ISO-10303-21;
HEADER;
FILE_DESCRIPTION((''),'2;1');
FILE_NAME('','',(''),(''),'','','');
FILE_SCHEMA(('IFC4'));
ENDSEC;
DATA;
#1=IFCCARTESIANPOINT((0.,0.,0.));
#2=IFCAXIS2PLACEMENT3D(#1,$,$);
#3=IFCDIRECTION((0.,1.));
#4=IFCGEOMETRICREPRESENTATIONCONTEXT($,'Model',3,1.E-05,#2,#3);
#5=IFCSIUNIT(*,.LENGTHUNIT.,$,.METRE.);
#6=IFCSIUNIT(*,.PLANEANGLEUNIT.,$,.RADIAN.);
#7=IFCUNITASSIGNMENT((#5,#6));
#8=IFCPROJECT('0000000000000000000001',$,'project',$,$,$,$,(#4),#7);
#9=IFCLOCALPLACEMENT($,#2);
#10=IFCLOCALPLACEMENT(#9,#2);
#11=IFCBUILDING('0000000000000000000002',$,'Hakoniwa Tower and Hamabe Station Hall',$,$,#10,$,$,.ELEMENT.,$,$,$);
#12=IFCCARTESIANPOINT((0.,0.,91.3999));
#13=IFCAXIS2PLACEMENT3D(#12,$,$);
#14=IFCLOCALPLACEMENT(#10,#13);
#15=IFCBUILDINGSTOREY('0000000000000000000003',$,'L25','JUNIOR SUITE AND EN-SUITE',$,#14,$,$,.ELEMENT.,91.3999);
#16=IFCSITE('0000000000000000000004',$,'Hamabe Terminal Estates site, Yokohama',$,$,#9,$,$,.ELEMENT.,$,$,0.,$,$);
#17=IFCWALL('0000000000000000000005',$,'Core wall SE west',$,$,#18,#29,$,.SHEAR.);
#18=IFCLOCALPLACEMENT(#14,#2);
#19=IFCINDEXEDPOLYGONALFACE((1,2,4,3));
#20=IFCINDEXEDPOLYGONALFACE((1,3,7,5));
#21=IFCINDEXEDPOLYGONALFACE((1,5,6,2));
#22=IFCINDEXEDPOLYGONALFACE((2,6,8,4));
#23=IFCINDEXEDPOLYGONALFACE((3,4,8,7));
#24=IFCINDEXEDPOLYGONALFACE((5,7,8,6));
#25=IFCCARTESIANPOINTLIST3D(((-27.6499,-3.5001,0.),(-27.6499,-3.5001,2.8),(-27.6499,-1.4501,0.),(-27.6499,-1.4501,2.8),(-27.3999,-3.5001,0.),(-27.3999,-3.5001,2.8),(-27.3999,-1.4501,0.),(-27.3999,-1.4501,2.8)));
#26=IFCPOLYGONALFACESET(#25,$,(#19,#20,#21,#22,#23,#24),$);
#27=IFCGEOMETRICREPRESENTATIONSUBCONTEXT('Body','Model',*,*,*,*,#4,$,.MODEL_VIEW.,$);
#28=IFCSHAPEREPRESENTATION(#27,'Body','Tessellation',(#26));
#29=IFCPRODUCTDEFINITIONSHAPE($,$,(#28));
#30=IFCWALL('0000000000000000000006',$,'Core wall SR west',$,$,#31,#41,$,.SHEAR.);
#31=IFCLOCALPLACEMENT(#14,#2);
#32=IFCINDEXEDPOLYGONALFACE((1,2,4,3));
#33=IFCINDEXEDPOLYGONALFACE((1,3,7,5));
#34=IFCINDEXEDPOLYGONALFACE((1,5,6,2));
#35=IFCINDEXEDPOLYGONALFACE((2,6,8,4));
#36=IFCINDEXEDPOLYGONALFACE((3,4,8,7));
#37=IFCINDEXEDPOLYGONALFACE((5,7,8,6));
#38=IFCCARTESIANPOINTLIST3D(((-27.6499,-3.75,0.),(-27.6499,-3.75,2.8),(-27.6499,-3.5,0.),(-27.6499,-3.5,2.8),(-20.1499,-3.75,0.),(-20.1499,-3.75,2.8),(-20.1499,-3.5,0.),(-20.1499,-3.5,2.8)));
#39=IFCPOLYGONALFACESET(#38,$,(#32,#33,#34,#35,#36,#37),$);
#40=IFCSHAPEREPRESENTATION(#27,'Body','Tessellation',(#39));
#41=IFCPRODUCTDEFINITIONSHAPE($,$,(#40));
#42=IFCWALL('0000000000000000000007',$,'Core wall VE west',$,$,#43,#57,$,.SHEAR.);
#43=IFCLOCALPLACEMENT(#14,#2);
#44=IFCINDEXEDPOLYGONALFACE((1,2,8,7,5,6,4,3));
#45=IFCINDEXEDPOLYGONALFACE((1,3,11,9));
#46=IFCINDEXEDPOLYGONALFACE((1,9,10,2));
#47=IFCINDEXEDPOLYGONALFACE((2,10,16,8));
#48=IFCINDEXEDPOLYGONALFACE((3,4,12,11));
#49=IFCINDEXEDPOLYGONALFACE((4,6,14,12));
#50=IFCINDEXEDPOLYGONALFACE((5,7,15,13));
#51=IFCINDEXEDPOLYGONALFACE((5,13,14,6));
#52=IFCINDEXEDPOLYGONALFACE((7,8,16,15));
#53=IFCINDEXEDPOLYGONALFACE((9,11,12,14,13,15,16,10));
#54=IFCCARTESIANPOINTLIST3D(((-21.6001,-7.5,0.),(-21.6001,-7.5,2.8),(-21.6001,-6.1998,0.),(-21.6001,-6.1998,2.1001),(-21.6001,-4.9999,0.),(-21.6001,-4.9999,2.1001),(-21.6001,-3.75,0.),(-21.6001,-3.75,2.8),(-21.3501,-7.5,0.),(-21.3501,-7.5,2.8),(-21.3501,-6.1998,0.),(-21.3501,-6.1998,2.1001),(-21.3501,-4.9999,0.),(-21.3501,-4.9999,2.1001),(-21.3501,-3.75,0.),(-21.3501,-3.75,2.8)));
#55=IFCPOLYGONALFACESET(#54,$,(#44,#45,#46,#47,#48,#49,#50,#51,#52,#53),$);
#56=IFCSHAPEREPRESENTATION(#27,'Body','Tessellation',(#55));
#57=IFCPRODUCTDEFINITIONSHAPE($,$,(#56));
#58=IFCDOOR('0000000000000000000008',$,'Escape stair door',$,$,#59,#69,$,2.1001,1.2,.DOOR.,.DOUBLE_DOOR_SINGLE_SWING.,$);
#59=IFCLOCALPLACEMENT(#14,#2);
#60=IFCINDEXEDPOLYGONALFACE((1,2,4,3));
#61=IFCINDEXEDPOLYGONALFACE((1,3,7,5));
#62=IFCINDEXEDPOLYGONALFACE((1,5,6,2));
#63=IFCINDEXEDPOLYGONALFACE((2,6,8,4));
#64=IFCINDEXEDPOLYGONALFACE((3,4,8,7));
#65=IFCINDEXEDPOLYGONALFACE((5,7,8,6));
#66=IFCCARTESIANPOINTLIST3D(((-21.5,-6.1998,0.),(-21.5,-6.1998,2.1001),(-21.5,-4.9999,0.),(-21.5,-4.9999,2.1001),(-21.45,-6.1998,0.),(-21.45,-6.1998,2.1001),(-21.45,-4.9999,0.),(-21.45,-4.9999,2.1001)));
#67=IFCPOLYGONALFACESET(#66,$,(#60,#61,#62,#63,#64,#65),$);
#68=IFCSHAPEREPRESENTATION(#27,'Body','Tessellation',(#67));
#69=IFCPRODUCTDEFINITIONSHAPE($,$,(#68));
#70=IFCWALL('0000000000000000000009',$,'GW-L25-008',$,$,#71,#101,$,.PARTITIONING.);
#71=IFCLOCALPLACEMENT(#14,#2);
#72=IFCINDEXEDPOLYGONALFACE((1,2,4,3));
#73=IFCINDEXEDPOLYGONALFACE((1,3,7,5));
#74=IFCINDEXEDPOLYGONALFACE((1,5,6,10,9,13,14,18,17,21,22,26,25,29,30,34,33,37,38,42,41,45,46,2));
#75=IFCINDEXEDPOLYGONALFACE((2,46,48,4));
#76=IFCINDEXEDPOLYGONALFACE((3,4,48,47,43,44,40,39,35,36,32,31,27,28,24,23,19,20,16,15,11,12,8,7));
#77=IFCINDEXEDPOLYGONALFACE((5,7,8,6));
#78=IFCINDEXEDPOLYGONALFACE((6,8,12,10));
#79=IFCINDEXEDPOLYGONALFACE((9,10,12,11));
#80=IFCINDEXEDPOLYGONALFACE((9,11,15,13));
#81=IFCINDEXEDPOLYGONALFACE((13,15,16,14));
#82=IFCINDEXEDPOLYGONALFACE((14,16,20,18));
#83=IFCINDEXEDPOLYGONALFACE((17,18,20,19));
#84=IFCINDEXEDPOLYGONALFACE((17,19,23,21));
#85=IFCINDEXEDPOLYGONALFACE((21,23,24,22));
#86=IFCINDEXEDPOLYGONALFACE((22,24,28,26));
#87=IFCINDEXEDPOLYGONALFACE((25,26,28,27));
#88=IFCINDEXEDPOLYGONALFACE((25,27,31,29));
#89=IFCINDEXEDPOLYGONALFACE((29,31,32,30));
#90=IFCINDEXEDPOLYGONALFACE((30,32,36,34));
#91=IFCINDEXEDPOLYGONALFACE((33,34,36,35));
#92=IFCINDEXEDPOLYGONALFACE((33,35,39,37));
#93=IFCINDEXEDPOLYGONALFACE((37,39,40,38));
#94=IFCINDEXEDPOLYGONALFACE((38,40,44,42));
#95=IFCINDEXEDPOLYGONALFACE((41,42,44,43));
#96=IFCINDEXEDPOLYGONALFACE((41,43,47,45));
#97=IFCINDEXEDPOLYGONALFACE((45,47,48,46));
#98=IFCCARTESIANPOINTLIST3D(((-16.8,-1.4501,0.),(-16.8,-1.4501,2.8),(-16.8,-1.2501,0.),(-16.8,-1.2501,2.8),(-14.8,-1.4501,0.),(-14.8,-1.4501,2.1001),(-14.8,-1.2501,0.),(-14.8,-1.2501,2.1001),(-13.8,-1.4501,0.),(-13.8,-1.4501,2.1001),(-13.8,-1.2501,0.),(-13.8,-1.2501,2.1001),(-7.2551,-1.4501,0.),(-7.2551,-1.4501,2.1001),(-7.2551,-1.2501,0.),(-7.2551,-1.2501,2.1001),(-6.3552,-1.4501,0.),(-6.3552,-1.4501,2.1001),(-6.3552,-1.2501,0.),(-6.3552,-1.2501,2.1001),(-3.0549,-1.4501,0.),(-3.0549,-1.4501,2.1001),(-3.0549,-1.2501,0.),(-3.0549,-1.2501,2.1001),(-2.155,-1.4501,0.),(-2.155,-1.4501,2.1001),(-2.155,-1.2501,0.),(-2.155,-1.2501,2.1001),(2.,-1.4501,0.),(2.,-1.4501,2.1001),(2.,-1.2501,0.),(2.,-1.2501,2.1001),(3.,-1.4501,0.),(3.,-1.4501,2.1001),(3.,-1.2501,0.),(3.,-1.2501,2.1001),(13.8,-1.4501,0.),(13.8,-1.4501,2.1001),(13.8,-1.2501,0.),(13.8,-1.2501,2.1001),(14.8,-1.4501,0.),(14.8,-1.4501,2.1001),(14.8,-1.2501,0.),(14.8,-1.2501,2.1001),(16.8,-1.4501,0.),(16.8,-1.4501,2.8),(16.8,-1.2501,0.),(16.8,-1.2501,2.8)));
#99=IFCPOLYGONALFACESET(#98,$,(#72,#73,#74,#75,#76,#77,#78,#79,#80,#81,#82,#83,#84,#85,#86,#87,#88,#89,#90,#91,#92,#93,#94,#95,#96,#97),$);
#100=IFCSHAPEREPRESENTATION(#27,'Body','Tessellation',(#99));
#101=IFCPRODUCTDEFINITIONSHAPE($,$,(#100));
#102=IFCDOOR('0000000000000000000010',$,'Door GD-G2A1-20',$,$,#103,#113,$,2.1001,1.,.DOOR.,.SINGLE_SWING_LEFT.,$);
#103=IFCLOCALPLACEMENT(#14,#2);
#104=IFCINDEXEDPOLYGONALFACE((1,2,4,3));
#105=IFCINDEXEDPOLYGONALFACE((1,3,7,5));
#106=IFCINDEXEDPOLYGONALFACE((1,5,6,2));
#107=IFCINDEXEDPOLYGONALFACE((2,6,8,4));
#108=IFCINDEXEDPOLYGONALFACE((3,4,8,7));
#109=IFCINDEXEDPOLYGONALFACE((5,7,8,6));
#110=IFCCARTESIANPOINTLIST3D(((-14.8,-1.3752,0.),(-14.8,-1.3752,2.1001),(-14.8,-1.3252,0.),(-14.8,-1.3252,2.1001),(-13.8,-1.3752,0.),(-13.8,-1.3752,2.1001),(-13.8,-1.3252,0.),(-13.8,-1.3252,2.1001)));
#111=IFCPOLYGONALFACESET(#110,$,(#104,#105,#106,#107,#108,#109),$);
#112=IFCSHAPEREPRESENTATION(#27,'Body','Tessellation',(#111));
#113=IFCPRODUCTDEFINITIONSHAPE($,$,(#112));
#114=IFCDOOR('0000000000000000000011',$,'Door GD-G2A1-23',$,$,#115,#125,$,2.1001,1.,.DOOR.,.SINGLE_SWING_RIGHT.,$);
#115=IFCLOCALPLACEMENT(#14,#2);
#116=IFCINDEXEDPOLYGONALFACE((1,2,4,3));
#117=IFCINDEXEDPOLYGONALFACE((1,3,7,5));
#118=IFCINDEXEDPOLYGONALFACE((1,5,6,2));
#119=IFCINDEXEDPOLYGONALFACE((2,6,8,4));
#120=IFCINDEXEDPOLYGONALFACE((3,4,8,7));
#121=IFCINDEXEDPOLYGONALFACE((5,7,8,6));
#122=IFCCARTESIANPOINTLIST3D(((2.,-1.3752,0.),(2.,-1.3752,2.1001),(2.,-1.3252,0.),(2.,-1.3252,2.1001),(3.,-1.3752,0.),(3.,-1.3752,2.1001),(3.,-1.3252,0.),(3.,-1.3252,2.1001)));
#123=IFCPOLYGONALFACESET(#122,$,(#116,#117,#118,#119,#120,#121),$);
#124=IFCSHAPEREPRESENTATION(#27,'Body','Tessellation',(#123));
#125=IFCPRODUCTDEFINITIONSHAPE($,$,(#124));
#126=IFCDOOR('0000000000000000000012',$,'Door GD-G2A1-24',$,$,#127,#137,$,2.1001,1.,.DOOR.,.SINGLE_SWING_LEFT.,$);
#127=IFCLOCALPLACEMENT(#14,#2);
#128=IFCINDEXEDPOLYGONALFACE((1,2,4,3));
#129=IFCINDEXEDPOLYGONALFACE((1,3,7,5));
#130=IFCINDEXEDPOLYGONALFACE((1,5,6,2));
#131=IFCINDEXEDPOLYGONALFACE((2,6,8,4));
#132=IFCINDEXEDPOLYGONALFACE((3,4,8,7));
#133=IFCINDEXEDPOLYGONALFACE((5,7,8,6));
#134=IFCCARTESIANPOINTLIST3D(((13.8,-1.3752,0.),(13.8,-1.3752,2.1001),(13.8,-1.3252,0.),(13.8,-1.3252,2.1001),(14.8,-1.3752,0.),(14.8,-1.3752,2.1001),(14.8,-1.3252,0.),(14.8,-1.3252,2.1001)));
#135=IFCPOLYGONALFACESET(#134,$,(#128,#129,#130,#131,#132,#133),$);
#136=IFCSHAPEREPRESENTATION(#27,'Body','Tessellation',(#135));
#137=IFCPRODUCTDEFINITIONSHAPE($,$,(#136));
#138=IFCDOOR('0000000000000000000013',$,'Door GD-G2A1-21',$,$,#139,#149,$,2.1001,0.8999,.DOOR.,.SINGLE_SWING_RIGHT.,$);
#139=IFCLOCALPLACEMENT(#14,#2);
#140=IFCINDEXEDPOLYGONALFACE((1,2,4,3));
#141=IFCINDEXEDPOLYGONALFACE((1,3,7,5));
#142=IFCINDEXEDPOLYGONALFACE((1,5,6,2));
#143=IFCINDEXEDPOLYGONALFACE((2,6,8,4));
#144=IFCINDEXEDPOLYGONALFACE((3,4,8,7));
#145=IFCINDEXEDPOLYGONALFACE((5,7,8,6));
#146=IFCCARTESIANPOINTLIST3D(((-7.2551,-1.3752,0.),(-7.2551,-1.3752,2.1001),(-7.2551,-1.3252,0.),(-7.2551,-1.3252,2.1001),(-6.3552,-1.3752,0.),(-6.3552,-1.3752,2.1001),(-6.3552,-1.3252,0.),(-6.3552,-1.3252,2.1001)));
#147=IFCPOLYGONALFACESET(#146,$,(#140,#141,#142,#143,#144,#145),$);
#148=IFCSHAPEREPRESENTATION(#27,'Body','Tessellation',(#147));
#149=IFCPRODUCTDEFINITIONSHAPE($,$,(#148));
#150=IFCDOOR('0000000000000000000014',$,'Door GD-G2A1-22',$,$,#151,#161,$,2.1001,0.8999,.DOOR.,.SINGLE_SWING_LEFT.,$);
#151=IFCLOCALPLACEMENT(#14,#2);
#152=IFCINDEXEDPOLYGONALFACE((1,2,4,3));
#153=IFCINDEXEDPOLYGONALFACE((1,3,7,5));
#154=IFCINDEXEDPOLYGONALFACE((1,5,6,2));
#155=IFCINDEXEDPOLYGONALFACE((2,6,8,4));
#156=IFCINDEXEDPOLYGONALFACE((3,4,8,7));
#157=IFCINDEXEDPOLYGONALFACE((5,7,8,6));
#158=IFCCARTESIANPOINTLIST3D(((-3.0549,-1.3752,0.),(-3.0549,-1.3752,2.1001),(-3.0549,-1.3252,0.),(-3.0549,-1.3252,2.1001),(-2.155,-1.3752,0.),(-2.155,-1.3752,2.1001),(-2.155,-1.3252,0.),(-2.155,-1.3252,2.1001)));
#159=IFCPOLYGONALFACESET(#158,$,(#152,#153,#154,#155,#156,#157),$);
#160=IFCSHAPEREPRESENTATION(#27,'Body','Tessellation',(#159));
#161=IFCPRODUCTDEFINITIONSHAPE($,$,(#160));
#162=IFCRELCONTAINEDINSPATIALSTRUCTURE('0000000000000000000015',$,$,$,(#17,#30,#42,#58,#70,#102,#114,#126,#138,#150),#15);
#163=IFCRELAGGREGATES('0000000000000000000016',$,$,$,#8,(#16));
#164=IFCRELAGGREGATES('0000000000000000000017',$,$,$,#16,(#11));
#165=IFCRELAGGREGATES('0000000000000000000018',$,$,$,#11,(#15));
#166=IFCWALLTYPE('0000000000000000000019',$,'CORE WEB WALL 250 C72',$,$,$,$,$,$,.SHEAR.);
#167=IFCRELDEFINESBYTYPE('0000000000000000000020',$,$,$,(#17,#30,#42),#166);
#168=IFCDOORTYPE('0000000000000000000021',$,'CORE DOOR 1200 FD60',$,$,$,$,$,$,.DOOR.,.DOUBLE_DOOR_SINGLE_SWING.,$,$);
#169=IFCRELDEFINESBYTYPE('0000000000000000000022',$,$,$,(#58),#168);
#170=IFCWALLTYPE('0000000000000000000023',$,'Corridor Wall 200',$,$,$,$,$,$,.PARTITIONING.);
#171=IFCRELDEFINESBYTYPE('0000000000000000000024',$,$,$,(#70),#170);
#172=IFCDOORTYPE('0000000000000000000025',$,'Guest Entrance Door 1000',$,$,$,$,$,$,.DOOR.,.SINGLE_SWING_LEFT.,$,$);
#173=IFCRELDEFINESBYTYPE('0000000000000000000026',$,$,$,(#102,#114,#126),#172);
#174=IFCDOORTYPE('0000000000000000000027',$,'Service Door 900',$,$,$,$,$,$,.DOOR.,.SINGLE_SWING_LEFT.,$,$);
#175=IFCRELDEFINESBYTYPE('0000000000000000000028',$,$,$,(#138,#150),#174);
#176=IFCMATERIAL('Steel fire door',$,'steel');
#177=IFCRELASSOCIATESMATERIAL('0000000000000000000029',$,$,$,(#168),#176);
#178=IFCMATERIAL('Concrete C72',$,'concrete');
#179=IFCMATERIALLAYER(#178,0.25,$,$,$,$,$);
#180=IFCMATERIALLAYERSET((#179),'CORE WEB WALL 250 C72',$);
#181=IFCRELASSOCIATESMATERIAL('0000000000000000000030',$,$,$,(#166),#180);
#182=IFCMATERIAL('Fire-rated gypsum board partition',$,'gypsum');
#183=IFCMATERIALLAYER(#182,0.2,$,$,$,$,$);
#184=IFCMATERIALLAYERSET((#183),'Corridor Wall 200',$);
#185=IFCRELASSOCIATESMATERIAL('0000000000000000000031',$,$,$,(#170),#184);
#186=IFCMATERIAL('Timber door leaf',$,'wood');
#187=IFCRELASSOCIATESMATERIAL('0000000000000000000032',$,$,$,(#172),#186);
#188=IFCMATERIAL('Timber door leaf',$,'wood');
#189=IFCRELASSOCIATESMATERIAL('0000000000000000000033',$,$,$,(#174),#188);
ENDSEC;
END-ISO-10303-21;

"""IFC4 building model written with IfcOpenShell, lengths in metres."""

from ifc_helpers import new_model, si_unit, direction, frame, frame_2d, origin, place, context, subcontext, project, spatial, rectangle, extrude, material, layer, layer_set, type_object, element, fill, save


model = new_model("IFC4")

# Units and contexts
model_context = context("Model", 3, precision=1e-05, world=origin(), true_north=direction((0.0, 1.0)))
body_context = subcontext(model_context, "Body", "Model", "MODEL_VIEW")
ifc_project = project(units=[si_unit("LENGTHUNIT", "METRE"), si_unit("PLANEANGLEUNIT", "RADIAN")], contexts=[model_context])

# Site, building, storey
site_placement = place(None, origin())
site = spatial("IfcSite", under=ifc_project, at=site_placement, Name="Hamabe Terminal Estates site, Yokohama", CompositionType="ELEMENT", RefElevation=0.0)
building_placement = place(site_placement, origin())
building = spatial("IfcBuilding", under=site, at=building_placement, Name="Hakoniwa Tower and Hamabe Station Hall", CompositionType="ELEMENT")
storey_placement = place(building_placement, frame((0.0, 0.0, 91.3999)))
storey = spatial("IfcBuildingStorey", under=building, at=storey_placement, Name="L25", Description="JUNIOR SUITE AND EN-SUITE", CompositionType="ELEMENT", Elevation=91.3999)

# Shared definitions
ifc_material_1 = material(Name="Steel fire door", Category="steel")
door_type_1 = type_object("IfcDoorType", Name="CORE DOOR 1200 FD60", OperationType="DOUBLE_DOOR_SINGLE_SWING", PredefinedType="DOOR", material=ifc_material_1)
ifc_material_2 = material(Name="Concrete C72", Category="concrete")
ifc_layer_1 = layer(ifc_material_2, 0.25)
ifc_layer_set_1 = layer_set([ifc_layer_1], Name="CORE WEB WALL 250 C72")
wall_type_1 = type_object("IfcWallType", Name="CORE WEB WALL 250 C72", PredefinedType="SHEAR", material=ifc_layer_set_1)

# Walls
wall_1_placement = place(storey_placement, frame((-27.5249, -3.5, 0.0), z_axis=(0.0, 0.0, 1.0), x_axis=(0.0, 1.0, 0.0)))
element("IfcWall", 1, at=wall_1_placement, inside=storey, type_object=wall_type_1, Name="Core wall SE west", PredefinedType="SHEAR", context=body_context, shape_type="SweptSolid", body=[
    extrude(rectangle(XDim=2.05, YDim=0.25, at=frame_2d((1.0249, 0.0))), origin(), (0.0, 0.0, 1.0), 2.8),
])
wall_2_placement = place(storey_placement, frame((-27.6499, -3.625, 0.0), z_axis=(0.0, 0.0, 1.0), x_axis=(1.0, 0.0, 0.0)))
element("IfcWall", 2, at=wall_2_placement, inside=storey, type_object=wall_type_1, Name="Core wall SR west", PredefinedType="SHEAR", context=body_context, shape_type="SweptSolid", body=[
    extrude(rectangle(XDim=7.5, YDim=0.25, at=frame_2d((3.75, 0.0))), origin(), (0.0, 0.0, 1.0), 2.8),
])

# Wall, opening, door
wall_3_placement = place(storey_placement, frame((-21.4751, -7.5, 0.0), z_axis=(0.0, 0.0, 1.0), x_axis=(0.0, 1.0, 0.0)))
wall_3 = element("IfcWall", 3, at=wall_3_placement, inside=storey, type_object=wall_type_1, Name="Core wall VE west", PredefinedType="SHEAR", context=body_context, shape_type="SweptSolid", body=[
    extrude(rectangle(XDim=3.75, YDim=0.25, at=frame_2d((1.875, 0.0))), origin(), (0.0, 0.0, 1.0), 2.8),
])
opening_1_placement = place(wall_3_placement, frame((1.3, 0.0, 0.0)))
opening_1 = element("IfcOpeningElement", 4, at=opening_1_placement, cuts=wall_3, PredefinedType="OPENING", context=body_context, shape_type="SweptSolid", body=[
    extrude(rectangle(XDim=1.2, YDim=2.1001, at=frame_2d((0.6001, 1.05))), frame((0.0, 0.135, 0.0), z_axis=(0.0, -1.0, 0.0), x_axis=(1.0, 0.0, 0.0)), (0.0, 0.0, 1.0), 0.27),
])
door_1_placement = place(opening_1_placement, origin())
door_1 = element("IfcDoor", 5, at=door_1_placement, inside=storey, type_object=door_type_1, Name="Escape stair door", OperationType="DOUBLE_DOOR_SINGLE_SWING", OverallHeight=2.1001, OverallWidth=1.2, PredefinedType="DOOR", context=body_context, shape_type="SweptSolid", body=[
    extrude(rectangle(XDim=1.2, YDim=2.1001, at=frame_2d((0.6001, 1.05))), frame((0.0, 0.0249, 0.0), z_axis=(0.0, -1.0, 0.0), x_axis=(1.0, 0.0, 0.0)), (0.0, 0.0, 1.0), 0.05),
])
fill(opening_1, door_1)

# Wall, openings, doors
ifc_material_3 = material(Name="Fire-rated gypsum board partition", Category="gypsum")
ifc_layer_2 = layer(ifc_material_3, 0.2)
ifc_layer_set_2 = layer_set([ifc_layer_2], Name="Corridor Wall 200")
wall_type_2 = type_object("IfcWallType", Name="Corridor Wall 200", PredefinedType="PARTITIONING", material=ifc_layer_set_2)
wall_4_placement = place(storey_placement, frame((-16.8, -1.3501, 0.0), z_axis=(0.0, 0.0, 1.0), x_axis=(1.0, 0.0, 0.0)))
wall_4 = element("IfcWall", 6, at=wall_4_placement, inside=storey, type_object=wall_type_2, Name="GW-L25-008", PredefinedType="PARTITIONING", context=body_context, shape_type="SweptSolid", body=[
    extrude(rectangle(XDim=33.6001, YDim=0.2, at=frame_2d((16.8, 0.0))), origin(), (0.0, 0.0, 1.0), 2.8),
])
opening_2_placement = place(wall_4_placement, frame((2.0, 0.0, 0.0)))
opening_2 = element("IfcOpeningElement", 7, at=opening_2_placement, cuts=wall_4, PredefinedType="OPENING", context=body_context, shape_type="SweptSolid", body=[
    extrude(rectangle(XDim=1.0, YDim=2.1001, at=frame_2d((0.5, 1.05))), frame((0.0, 0.1099, 0.0), z_axis=(0.0, -1.0, 0.0), x_axis=(1.0, 0.0, 0.0)), (0.0, 0.0, 1.0), 0.22),
])
opening_3_placement = place(wall_4_placement, frame((9.5449, 0.0, 0.0)))
opening_3 = element("IfcOpeningElement", 8, at=opening_3_placement, cuts=wall_4, PredefinedType="OPENING", context=body_context, shape_type="SweptSolid", body=[
    extrude(rectangle(XDim=0.8999, YDim=2.1001, at=frame_2d((0.45, 1.05))), frame((0.0, 0.1099, 0.0), z_axis=(0.0, -1.0, 0.0), x_axis=(1.0, 0.0, 0.0)), (0.0, 0.0, 1.0), 0.22),
])
opening_4_placement = place(wall_4_placement, frame((13.7451, 0.0, 0.0)))
opening_4 = element("IfcOpeningElement", 9, at=opening_4_placement, cuts=wall_4, PredefinedType="OPENING", context=body_context, shape_type="SweptSolid", body=[
    extrude(rectangle(XDim=0.8999, YDim=2.1001, at=frame_2d((0.45, 1.05))), frame((0.0, 0.1099, 0.0), z_axis=(0.0, -1.0, 0.0), x_axis=(1.0, 0.0, 0.0)), (0.0, 0.0, 1.0), 0.22),
])
opening_5_placement = place(wall_4_placement, frame((18.8, 0.0, 0.0)))
opening_5 = element("IfcOpeningElement", 10, at=opening_5_placement, cuts=wall_4, PredefinedType="OPENING", context=body_context, shape_type="SweptSolid", body=[
    extrude(rectangle(XDim=1.0, YDim=2.1001, at=frame_2d((0.5, 1.05))), frame((0.0, 0.1099, 0.0), z_axis=(0.0, -1.0, 0.0), x_axis=(1.0, 0.0, 0.0)), (0.0, 0.0, 1.0), 0.22),
])
opening_6_placement = place(wall_4_placement, frame((30.6001, 0.0, 0.0)))
opening_6 = element("IfcOpeningElement", 11, at=opening_6_placement, cuts=wall_4, PredefinedType="OPENING", context=body_context, shape_type="SweptSolid", body=[
    extrude(rectangle(XDim=1.0, YDim=2.1001, at=frame_2d((0.5, 1.05))), frame((0.0, 0.1099, 0.0), z_axis=(0.0, -1.0, 0.0), x_axis=(1.0, 0.0, 0.0)), (0.0, 0.0, 1.0), 0.22),
])
ifc_material_4 = material(Name="Timber door leaf", Category="wood")
door_type_2 = type_object("IfcDoorType", Name="Guest Entrance Door 1000", OperationType="SINGLE_SWING_LEFT", PredefinedType="DOOR", material=ifc_material_4)
door_2_placement = place(opening_2_placement, origin())
door_2 = element("IfcDoor", 12, at=door_2_placement, inside=storey, type_object=door_type_2, Name="Door GD-G2A1-20", OperationType="SINGLE_SWING_LEFT", OverallHeight=2.1001, OverallWidth=1.0, PredefinedType="DOOR", context=body_context, shape_type="SweptSolid", body=[
    extrude(rectangle(XDim=1.0, YDim=2.1001, at=frame_2d((0.5, 1.05))), frame((0.0, 0.0249, 0.0), z_axis=(0.0, -1.0, 0.0), x_axis=(1.0, 0.0, 0.0)), (0.0, 0.0, 1.0), 0.05),
])
fill(opening_2, door_2)
door_3_placement = place(opening_5_placement, origin())
door_3 = element("IfcDoor", 13, at=door_3_placement, inside=storey, type_object=door_type_2, Name="Door GD-G2A1-23", OperationType="SINGLE_SWING_RIGHT", OverallHeight=2.1001, OverallWidth=1.0, PredefinedType="DOOR", context=body_context, shape_type="SweptSolid", body=[
    extrude(rectangle(XDim=1.0, YDim=2.1001, at=frame_2d((0.5, 1.05))), frame((0.0, 0.0249, 0.0), z_axis=(0.0, -1.0, 0.0), x_axis=(1.0, 0.0, 0.0)), (0.0, 0.0, 1.0), 0.05),
])
fill(opening_5, door_3)
door_4_placement = place(opening_6_placement, origin())
door_4 = element("IfcDoor", 14, at=door_4_placement, inside=storey, type_object=door_type_2, Name="Door GD-G2A1-24", OperationType="SINGLE_SWING_LEFT", OverallHeight=2.1001, OverallWidth=1.0, PredefinedType="DOOR", context=body_context, shape_type="SweptSolid", body=[
    extrude(rectangle(XDim=1.0, YDim=2.1001, at=frame_2d((0.5, 1.05))), frame((0.0, 0.0249, 0.0), z_axis=(0.0, -1.0, 0.0), x_axis=(1.0, 0.0, 0.0)), (0.0, 0.0, 1.0), 0.05),
])
fill(opening_6, door_4)
ifc_material_5 = material(Name="Timber door leaf", Category="wood")
door_type_3 = type_object("IfcDoorType", Name="Service Door 900", OperationType="SINGLE_SWING_LEFT", PredefinedType="DOOR", material=ifc_material_5)
door_5_placement = place(opening_3_placement, origin())
door_5 = element("IfcDoor", 15, at=door_5_placement, inside=storey, type_object=door_type_3, Name="Door GD-G2A1-21", OperationType="SINGLE_SWING_RIGHT", OverallHeight=2.1001, OverallWidth=0.8999, PredefinedType="DOOR", context=body_context, shape_type="SweptSolid", body=[
    extrude(rectangle(XDim=0.8999, YDim=2.1001, at=frame_2d((0.45, 1.05))), frame((0.0, 0.0249, 0.0), z_axis=(0.0, -1.0, 0.0), x_axis=(1.0, 0.0, 0.0)), (0.0, 0.0, 1.0), 0.05),
])
fill(opening_3, door_5)
door_6_placement = place(opening_4_placement, origin())
door_6 = element("IfcDoor", 16, at=door_6_placement, inside=storey, type_object=door_type_3, Name="Door GD-G2A1-22", OperationType="SINGLE_SWING_LEFT", OverallHeight=2.1001, OverallWidth=0.8999, PredefinedType="DOOR", context=body_context, shape_type="SweptSolid", body=[
    extrude(rectangle(XDim=0.8999, YDim=2.1001, at=frame_2d((0.45, 1.05))), frame((0.0, 0.0249, 0.0), z_axis=(0.0, -1.0, 0.0), x_axis=(1.0, 0.0, 0.0)), (0.0, 0.0, 1.0), 0.05),
])
fill(opening_4, door_6)

save(model, "model.ifc")
